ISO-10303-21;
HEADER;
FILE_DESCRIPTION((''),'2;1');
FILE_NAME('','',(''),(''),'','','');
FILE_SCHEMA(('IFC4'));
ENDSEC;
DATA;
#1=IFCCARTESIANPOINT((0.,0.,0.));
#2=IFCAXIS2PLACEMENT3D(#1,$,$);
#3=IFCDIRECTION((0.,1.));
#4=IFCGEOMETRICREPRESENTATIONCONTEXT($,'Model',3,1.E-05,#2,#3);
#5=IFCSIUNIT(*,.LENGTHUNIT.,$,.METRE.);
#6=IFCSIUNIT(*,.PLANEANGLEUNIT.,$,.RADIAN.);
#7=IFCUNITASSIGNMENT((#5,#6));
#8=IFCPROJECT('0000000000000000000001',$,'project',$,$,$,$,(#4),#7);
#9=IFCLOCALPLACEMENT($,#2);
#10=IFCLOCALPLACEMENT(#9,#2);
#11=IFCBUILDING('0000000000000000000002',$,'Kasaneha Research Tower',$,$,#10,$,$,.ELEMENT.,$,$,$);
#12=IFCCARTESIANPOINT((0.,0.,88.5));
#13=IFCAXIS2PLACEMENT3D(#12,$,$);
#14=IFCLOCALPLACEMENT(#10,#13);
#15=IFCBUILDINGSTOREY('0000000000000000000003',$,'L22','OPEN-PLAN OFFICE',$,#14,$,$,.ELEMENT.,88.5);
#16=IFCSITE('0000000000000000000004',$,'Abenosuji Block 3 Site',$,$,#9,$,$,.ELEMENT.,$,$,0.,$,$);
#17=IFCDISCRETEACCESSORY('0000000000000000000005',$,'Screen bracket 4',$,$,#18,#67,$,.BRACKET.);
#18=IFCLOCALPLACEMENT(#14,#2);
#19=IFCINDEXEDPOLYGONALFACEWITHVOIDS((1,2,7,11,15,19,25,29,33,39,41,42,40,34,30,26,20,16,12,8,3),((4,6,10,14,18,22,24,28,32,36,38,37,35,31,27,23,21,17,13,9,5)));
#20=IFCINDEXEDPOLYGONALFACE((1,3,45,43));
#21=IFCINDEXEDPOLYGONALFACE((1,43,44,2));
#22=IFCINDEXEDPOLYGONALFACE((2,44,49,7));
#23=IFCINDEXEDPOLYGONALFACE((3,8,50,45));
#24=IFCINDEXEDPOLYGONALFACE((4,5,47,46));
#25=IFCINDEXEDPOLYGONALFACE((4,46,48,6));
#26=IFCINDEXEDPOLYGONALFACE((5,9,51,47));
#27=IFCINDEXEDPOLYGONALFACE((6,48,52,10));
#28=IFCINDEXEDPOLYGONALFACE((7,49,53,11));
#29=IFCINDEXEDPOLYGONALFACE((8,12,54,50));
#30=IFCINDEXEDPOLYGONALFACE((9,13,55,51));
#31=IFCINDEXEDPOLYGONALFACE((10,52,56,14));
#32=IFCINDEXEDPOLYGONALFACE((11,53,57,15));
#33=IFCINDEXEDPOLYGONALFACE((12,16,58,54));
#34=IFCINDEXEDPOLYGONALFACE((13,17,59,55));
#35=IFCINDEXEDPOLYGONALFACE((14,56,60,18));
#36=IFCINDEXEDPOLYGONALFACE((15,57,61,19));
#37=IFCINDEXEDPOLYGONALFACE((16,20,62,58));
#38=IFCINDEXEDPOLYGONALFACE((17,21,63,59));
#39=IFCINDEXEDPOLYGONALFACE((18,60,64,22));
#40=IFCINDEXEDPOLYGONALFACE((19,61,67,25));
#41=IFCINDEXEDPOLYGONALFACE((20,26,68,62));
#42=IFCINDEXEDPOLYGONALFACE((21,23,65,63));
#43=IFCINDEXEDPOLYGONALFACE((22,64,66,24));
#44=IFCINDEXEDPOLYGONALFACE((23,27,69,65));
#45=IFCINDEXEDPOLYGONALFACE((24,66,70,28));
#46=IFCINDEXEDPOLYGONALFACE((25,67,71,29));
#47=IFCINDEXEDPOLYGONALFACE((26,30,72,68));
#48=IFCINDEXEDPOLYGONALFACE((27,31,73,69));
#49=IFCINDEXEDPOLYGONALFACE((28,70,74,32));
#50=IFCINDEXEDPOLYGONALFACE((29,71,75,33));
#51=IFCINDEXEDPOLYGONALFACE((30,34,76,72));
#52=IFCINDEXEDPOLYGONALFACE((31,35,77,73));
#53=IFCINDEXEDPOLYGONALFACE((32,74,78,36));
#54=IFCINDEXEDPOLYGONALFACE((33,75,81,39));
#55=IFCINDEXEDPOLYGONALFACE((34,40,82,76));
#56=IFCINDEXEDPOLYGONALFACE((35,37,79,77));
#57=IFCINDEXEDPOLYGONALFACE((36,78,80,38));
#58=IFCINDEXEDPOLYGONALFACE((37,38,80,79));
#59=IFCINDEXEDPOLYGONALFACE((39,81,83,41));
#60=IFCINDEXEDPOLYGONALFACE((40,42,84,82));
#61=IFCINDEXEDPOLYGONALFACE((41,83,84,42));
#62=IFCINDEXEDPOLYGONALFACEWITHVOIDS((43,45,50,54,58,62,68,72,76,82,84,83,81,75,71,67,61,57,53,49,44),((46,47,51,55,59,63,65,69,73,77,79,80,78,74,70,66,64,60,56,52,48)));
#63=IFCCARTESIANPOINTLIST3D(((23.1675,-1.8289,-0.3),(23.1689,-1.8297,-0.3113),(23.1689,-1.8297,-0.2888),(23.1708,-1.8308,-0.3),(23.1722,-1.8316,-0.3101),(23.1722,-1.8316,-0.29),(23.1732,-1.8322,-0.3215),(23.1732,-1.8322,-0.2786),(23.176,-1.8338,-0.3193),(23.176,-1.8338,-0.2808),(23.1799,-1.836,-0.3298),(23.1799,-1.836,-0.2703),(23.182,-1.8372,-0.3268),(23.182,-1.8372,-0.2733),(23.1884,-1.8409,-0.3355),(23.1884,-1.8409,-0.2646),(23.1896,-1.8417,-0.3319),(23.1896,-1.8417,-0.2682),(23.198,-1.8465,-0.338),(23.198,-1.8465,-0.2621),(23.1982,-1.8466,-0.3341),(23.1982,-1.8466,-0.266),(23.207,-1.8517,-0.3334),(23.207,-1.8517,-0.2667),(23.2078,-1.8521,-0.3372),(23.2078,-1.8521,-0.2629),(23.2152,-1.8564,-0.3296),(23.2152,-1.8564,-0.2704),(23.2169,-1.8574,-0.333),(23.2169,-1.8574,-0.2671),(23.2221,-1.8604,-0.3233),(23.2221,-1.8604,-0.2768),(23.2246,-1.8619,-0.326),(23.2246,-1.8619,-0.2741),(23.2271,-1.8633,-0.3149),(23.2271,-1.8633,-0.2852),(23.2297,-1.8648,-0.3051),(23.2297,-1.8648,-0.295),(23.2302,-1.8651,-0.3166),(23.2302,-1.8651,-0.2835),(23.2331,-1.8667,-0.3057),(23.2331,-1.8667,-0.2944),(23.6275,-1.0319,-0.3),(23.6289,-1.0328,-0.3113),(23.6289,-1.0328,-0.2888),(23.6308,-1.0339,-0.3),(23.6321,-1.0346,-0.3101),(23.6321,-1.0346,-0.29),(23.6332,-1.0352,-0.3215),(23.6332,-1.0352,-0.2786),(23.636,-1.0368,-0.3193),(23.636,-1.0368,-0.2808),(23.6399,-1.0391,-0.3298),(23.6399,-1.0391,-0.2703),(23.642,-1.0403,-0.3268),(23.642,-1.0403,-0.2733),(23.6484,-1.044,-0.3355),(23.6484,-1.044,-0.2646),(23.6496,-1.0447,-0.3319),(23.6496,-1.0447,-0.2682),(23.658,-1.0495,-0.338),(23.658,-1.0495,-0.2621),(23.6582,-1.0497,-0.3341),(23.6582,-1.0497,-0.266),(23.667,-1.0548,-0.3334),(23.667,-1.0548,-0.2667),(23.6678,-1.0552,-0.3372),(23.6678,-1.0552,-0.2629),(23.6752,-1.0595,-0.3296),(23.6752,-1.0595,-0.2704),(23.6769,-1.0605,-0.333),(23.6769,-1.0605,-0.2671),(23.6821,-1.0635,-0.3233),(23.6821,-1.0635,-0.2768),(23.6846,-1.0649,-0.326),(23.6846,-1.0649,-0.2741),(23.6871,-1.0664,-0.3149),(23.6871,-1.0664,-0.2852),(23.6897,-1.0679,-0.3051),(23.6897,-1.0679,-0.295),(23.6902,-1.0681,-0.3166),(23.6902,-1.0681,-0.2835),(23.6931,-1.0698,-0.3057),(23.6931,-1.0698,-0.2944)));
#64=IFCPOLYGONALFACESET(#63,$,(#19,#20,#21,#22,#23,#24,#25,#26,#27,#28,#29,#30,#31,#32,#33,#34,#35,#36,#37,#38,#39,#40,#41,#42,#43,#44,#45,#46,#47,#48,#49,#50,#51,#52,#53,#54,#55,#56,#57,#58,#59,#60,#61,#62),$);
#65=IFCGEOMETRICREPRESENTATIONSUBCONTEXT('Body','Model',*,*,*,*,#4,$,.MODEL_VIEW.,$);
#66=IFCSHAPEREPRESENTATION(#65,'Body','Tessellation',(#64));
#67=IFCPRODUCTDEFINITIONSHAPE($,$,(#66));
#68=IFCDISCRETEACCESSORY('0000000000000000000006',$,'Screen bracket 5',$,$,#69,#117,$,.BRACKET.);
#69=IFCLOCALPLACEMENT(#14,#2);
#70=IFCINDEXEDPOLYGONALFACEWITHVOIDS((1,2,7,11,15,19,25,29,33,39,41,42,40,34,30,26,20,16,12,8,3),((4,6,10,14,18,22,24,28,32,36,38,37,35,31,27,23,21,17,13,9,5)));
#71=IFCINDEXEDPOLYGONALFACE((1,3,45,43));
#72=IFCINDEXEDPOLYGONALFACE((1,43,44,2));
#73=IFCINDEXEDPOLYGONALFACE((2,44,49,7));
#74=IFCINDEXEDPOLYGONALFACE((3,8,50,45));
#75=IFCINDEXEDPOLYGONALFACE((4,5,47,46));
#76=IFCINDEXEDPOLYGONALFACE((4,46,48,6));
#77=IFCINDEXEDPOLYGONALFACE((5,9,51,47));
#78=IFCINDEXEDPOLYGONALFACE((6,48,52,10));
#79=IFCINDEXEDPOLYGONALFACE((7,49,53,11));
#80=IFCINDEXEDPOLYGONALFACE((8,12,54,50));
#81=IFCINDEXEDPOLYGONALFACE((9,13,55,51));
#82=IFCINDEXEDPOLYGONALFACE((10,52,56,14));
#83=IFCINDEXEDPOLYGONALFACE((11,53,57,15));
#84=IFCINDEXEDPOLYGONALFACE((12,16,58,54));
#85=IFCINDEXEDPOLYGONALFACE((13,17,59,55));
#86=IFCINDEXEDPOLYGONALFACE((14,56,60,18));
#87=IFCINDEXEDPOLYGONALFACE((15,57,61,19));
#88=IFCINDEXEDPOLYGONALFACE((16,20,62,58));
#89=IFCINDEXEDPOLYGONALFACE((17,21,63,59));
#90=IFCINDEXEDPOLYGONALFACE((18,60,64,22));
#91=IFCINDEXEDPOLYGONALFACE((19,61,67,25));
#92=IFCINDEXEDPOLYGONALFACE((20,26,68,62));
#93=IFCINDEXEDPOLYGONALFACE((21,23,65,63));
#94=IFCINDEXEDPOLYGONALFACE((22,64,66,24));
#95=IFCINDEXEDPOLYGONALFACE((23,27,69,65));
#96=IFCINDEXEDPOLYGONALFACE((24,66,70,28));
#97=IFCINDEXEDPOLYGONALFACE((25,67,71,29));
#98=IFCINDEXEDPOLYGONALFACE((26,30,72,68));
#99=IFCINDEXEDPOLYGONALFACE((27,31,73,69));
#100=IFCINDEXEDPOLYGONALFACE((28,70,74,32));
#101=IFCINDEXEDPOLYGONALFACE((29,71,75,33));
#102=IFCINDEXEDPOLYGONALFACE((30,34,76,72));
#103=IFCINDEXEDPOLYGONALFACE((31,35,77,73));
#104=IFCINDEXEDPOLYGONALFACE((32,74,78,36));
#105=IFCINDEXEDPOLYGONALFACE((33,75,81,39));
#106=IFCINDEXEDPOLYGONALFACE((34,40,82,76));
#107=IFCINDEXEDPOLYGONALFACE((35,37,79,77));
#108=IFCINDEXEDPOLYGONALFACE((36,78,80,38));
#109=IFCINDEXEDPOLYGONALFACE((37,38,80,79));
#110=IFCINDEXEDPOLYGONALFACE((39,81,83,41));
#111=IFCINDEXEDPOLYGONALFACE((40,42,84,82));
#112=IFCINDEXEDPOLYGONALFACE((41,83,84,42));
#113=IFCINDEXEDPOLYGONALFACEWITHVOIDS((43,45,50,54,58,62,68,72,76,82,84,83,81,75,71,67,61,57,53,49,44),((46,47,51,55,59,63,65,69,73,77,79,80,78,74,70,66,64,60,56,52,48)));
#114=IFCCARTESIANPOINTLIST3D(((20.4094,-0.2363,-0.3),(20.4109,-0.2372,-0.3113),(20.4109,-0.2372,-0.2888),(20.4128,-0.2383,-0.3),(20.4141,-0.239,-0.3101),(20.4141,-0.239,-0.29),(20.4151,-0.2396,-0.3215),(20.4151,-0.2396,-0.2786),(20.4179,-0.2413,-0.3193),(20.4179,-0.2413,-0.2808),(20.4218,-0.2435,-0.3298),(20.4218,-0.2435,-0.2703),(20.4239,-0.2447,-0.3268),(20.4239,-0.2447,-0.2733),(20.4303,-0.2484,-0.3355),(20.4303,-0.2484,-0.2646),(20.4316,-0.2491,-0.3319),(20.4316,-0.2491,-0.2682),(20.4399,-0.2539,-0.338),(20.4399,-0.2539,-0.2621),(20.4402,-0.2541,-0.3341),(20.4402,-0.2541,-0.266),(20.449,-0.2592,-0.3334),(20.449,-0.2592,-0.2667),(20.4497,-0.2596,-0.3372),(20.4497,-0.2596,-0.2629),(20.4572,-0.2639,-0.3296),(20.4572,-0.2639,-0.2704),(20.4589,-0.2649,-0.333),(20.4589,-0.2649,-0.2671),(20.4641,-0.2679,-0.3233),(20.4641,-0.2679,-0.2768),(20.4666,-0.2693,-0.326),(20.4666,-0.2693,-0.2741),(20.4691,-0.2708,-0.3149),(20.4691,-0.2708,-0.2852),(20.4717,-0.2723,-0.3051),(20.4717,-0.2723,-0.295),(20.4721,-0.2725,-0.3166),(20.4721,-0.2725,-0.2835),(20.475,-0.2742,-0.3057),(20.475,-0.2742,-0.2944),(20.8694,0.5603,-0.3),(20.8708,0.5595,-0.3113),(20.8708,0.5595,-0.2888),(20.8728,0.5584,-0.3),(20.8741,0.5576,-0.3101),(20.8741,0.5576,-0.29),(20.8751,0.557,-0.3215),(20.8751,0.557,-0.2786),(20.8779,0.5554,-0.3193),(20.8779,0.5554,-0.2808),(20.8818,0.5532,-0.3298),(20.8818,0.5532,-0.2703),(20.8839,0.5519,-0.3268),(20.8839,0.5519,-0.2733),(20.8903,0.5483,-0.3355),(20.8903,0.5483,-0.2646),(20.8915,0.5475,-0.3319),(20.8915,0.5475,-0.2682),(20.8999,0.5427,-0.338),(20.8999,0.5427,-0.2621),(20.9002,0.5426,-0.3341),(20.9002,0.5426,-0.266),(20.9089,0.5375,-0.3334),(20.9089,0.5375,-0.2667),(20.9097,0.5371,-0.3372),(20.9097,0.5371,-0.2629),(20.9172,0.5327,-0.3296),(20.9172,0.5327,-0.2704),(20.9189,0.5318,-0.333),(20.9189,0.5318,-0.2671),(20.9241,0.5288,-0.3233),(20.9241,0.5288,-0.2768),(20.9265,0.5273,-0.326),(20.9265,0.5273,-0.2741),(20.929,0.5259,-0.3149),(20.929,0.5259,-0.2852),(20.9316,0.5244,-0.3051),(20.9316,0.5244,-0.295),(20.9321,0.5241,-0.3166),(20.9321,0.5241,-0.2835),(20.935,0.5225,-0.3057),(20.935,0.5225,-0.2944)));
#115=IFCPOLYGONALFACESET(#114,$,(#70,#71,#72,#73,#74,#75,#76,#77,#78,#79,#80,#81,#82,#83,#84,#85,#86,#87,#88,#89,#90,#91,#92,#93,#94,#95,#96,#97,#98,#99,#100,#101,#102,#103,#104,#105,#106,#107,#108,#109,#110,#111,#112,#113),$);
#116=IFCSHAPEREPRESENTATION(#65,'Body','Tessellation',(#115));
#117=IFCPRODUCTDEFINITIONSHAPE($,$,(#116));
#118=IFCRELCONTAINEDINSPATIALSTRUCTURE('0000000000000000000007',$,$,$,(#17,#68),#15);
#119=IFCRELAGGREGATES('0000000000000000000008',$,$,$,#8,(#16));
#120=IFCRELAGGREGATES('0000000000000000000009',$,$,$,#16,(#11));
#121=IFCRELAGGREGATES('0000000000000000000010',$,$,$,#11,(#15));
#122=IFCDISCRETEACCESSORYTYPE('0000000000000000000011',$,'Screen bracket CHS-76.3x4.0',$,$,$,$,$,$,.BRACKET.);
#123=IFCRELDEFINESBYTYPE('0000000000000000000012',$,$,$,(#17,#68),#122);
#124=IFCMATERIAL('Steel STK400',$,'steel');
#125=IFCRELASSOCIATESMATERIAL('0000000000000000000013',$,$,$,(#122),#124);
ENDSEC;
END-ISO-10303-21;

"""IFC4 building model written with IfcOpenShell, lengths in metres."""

from ifc_helpers import new_model, si_unit, direction, frame, origin, origin_2d, place, context, subcontext, project, spatial, hollow_circle, extrude, material, material_profile, profile_set, type_object, element, save


model = new_model("IFC4")

# Units and contexts
model_context = context("Model", 3, precision=1e-05, world=origin(), true_north=direction((0.0, 1.0)))
body_context = subcontext(model_context, "Body", "Model", "MODEL_VIEW")
ifc_project = project(units=[si_unit("LENGTHUNIT", "METRE"), si_unit("PLANEANGLEUNIT", "RADIAN")], contexts=[model_context])

# Site, building, storey
site_placement = place(None, origin())
site = spatial("IfcSite", under=ifc_project, at=site_placement, Name="Abenosuji Block 3 Site", CompositionType="ELEMENT", RefElevation=0.0)
building_placement = place(site_placement, origin())
building = spatial("IfcBuilding", under=site, at=building_placement, Name="Kasaneha Research Tower", CompositionType="ELEMENT")
storey_placement = place(building_placement, frame((0.0, 0.0, 88.5)))
storey = spatial("IfcBuildingStorey", under=building, at=storey_placement, Name="L22", Description="OPEN-PLAN OFFICE", CompositionType="ELEMENT", Elevation=88.5)

# Discrete accessories
ifc_material_1 = material(Name="Steel STK400", Category="steel")
ifc_material_profile_1 = material_profile(ifc_material_1, hollow_circle(Radius=0.0381, WallThickness=0.0039, at=origin_2d()), Name="CHS-76.3x4.0")
ifc_profile_set_1 = profile_set([ifc_material_profile_1], Name="Steel STK400")
discrete_accessory_type = type_object("IfcDiscreteAccessoryType", Name="Screen bracket CHS-76.3x4.0", PredefinedType="BRACKET", material=ifc_profile_set_1)
discrete_accessory_1_placement = place(storey_placement, frame((23.2004, -1.8479, -0.3), z_axis=(0.499906, 0.86608, 0.0), x_axis=(-0.86608, 0.499906, 0.0)))
element("IfcDiscreteAccessory", 1, at=discrete_accessory_1_placement, inside=storey, type_object=discrete_accessory_type, Name="Screen bracket 4", PredefinedType="BRACKET", context=body_context, shape_type="SweptSolid", body=[
    extrude(hollow_circle(Radius=0.0381, WallThickness=0.0039, at=origin_2d()), origin(), (0.0, 0.0, 1.0), 0.9202),
])
discrete_accessory_2_placement = place(storey_placement, frame((20.4424, -0.2554, -0.3), z_axis=(0.500021, 0.866013, 0.0), x_axis=(-0.866013, 0.500021, 0.0)))
element("IfcDiscreteAccessory", 2, at=discrete_accessory_2_placement, inside=storey, type_object=discrete_accessory_type, Name="Screen bracket 5", PredefinedType="BRACKET", context=body_context, shape_type="SweptSolid", body=[
    extrude(hollow_circle(Radius=0.0381, WallThickness=0.0039, at=origin_2d()), origin(), (0.0, 0.0, 1.0), 0.9199),
])

save(model, "model.ifc")
